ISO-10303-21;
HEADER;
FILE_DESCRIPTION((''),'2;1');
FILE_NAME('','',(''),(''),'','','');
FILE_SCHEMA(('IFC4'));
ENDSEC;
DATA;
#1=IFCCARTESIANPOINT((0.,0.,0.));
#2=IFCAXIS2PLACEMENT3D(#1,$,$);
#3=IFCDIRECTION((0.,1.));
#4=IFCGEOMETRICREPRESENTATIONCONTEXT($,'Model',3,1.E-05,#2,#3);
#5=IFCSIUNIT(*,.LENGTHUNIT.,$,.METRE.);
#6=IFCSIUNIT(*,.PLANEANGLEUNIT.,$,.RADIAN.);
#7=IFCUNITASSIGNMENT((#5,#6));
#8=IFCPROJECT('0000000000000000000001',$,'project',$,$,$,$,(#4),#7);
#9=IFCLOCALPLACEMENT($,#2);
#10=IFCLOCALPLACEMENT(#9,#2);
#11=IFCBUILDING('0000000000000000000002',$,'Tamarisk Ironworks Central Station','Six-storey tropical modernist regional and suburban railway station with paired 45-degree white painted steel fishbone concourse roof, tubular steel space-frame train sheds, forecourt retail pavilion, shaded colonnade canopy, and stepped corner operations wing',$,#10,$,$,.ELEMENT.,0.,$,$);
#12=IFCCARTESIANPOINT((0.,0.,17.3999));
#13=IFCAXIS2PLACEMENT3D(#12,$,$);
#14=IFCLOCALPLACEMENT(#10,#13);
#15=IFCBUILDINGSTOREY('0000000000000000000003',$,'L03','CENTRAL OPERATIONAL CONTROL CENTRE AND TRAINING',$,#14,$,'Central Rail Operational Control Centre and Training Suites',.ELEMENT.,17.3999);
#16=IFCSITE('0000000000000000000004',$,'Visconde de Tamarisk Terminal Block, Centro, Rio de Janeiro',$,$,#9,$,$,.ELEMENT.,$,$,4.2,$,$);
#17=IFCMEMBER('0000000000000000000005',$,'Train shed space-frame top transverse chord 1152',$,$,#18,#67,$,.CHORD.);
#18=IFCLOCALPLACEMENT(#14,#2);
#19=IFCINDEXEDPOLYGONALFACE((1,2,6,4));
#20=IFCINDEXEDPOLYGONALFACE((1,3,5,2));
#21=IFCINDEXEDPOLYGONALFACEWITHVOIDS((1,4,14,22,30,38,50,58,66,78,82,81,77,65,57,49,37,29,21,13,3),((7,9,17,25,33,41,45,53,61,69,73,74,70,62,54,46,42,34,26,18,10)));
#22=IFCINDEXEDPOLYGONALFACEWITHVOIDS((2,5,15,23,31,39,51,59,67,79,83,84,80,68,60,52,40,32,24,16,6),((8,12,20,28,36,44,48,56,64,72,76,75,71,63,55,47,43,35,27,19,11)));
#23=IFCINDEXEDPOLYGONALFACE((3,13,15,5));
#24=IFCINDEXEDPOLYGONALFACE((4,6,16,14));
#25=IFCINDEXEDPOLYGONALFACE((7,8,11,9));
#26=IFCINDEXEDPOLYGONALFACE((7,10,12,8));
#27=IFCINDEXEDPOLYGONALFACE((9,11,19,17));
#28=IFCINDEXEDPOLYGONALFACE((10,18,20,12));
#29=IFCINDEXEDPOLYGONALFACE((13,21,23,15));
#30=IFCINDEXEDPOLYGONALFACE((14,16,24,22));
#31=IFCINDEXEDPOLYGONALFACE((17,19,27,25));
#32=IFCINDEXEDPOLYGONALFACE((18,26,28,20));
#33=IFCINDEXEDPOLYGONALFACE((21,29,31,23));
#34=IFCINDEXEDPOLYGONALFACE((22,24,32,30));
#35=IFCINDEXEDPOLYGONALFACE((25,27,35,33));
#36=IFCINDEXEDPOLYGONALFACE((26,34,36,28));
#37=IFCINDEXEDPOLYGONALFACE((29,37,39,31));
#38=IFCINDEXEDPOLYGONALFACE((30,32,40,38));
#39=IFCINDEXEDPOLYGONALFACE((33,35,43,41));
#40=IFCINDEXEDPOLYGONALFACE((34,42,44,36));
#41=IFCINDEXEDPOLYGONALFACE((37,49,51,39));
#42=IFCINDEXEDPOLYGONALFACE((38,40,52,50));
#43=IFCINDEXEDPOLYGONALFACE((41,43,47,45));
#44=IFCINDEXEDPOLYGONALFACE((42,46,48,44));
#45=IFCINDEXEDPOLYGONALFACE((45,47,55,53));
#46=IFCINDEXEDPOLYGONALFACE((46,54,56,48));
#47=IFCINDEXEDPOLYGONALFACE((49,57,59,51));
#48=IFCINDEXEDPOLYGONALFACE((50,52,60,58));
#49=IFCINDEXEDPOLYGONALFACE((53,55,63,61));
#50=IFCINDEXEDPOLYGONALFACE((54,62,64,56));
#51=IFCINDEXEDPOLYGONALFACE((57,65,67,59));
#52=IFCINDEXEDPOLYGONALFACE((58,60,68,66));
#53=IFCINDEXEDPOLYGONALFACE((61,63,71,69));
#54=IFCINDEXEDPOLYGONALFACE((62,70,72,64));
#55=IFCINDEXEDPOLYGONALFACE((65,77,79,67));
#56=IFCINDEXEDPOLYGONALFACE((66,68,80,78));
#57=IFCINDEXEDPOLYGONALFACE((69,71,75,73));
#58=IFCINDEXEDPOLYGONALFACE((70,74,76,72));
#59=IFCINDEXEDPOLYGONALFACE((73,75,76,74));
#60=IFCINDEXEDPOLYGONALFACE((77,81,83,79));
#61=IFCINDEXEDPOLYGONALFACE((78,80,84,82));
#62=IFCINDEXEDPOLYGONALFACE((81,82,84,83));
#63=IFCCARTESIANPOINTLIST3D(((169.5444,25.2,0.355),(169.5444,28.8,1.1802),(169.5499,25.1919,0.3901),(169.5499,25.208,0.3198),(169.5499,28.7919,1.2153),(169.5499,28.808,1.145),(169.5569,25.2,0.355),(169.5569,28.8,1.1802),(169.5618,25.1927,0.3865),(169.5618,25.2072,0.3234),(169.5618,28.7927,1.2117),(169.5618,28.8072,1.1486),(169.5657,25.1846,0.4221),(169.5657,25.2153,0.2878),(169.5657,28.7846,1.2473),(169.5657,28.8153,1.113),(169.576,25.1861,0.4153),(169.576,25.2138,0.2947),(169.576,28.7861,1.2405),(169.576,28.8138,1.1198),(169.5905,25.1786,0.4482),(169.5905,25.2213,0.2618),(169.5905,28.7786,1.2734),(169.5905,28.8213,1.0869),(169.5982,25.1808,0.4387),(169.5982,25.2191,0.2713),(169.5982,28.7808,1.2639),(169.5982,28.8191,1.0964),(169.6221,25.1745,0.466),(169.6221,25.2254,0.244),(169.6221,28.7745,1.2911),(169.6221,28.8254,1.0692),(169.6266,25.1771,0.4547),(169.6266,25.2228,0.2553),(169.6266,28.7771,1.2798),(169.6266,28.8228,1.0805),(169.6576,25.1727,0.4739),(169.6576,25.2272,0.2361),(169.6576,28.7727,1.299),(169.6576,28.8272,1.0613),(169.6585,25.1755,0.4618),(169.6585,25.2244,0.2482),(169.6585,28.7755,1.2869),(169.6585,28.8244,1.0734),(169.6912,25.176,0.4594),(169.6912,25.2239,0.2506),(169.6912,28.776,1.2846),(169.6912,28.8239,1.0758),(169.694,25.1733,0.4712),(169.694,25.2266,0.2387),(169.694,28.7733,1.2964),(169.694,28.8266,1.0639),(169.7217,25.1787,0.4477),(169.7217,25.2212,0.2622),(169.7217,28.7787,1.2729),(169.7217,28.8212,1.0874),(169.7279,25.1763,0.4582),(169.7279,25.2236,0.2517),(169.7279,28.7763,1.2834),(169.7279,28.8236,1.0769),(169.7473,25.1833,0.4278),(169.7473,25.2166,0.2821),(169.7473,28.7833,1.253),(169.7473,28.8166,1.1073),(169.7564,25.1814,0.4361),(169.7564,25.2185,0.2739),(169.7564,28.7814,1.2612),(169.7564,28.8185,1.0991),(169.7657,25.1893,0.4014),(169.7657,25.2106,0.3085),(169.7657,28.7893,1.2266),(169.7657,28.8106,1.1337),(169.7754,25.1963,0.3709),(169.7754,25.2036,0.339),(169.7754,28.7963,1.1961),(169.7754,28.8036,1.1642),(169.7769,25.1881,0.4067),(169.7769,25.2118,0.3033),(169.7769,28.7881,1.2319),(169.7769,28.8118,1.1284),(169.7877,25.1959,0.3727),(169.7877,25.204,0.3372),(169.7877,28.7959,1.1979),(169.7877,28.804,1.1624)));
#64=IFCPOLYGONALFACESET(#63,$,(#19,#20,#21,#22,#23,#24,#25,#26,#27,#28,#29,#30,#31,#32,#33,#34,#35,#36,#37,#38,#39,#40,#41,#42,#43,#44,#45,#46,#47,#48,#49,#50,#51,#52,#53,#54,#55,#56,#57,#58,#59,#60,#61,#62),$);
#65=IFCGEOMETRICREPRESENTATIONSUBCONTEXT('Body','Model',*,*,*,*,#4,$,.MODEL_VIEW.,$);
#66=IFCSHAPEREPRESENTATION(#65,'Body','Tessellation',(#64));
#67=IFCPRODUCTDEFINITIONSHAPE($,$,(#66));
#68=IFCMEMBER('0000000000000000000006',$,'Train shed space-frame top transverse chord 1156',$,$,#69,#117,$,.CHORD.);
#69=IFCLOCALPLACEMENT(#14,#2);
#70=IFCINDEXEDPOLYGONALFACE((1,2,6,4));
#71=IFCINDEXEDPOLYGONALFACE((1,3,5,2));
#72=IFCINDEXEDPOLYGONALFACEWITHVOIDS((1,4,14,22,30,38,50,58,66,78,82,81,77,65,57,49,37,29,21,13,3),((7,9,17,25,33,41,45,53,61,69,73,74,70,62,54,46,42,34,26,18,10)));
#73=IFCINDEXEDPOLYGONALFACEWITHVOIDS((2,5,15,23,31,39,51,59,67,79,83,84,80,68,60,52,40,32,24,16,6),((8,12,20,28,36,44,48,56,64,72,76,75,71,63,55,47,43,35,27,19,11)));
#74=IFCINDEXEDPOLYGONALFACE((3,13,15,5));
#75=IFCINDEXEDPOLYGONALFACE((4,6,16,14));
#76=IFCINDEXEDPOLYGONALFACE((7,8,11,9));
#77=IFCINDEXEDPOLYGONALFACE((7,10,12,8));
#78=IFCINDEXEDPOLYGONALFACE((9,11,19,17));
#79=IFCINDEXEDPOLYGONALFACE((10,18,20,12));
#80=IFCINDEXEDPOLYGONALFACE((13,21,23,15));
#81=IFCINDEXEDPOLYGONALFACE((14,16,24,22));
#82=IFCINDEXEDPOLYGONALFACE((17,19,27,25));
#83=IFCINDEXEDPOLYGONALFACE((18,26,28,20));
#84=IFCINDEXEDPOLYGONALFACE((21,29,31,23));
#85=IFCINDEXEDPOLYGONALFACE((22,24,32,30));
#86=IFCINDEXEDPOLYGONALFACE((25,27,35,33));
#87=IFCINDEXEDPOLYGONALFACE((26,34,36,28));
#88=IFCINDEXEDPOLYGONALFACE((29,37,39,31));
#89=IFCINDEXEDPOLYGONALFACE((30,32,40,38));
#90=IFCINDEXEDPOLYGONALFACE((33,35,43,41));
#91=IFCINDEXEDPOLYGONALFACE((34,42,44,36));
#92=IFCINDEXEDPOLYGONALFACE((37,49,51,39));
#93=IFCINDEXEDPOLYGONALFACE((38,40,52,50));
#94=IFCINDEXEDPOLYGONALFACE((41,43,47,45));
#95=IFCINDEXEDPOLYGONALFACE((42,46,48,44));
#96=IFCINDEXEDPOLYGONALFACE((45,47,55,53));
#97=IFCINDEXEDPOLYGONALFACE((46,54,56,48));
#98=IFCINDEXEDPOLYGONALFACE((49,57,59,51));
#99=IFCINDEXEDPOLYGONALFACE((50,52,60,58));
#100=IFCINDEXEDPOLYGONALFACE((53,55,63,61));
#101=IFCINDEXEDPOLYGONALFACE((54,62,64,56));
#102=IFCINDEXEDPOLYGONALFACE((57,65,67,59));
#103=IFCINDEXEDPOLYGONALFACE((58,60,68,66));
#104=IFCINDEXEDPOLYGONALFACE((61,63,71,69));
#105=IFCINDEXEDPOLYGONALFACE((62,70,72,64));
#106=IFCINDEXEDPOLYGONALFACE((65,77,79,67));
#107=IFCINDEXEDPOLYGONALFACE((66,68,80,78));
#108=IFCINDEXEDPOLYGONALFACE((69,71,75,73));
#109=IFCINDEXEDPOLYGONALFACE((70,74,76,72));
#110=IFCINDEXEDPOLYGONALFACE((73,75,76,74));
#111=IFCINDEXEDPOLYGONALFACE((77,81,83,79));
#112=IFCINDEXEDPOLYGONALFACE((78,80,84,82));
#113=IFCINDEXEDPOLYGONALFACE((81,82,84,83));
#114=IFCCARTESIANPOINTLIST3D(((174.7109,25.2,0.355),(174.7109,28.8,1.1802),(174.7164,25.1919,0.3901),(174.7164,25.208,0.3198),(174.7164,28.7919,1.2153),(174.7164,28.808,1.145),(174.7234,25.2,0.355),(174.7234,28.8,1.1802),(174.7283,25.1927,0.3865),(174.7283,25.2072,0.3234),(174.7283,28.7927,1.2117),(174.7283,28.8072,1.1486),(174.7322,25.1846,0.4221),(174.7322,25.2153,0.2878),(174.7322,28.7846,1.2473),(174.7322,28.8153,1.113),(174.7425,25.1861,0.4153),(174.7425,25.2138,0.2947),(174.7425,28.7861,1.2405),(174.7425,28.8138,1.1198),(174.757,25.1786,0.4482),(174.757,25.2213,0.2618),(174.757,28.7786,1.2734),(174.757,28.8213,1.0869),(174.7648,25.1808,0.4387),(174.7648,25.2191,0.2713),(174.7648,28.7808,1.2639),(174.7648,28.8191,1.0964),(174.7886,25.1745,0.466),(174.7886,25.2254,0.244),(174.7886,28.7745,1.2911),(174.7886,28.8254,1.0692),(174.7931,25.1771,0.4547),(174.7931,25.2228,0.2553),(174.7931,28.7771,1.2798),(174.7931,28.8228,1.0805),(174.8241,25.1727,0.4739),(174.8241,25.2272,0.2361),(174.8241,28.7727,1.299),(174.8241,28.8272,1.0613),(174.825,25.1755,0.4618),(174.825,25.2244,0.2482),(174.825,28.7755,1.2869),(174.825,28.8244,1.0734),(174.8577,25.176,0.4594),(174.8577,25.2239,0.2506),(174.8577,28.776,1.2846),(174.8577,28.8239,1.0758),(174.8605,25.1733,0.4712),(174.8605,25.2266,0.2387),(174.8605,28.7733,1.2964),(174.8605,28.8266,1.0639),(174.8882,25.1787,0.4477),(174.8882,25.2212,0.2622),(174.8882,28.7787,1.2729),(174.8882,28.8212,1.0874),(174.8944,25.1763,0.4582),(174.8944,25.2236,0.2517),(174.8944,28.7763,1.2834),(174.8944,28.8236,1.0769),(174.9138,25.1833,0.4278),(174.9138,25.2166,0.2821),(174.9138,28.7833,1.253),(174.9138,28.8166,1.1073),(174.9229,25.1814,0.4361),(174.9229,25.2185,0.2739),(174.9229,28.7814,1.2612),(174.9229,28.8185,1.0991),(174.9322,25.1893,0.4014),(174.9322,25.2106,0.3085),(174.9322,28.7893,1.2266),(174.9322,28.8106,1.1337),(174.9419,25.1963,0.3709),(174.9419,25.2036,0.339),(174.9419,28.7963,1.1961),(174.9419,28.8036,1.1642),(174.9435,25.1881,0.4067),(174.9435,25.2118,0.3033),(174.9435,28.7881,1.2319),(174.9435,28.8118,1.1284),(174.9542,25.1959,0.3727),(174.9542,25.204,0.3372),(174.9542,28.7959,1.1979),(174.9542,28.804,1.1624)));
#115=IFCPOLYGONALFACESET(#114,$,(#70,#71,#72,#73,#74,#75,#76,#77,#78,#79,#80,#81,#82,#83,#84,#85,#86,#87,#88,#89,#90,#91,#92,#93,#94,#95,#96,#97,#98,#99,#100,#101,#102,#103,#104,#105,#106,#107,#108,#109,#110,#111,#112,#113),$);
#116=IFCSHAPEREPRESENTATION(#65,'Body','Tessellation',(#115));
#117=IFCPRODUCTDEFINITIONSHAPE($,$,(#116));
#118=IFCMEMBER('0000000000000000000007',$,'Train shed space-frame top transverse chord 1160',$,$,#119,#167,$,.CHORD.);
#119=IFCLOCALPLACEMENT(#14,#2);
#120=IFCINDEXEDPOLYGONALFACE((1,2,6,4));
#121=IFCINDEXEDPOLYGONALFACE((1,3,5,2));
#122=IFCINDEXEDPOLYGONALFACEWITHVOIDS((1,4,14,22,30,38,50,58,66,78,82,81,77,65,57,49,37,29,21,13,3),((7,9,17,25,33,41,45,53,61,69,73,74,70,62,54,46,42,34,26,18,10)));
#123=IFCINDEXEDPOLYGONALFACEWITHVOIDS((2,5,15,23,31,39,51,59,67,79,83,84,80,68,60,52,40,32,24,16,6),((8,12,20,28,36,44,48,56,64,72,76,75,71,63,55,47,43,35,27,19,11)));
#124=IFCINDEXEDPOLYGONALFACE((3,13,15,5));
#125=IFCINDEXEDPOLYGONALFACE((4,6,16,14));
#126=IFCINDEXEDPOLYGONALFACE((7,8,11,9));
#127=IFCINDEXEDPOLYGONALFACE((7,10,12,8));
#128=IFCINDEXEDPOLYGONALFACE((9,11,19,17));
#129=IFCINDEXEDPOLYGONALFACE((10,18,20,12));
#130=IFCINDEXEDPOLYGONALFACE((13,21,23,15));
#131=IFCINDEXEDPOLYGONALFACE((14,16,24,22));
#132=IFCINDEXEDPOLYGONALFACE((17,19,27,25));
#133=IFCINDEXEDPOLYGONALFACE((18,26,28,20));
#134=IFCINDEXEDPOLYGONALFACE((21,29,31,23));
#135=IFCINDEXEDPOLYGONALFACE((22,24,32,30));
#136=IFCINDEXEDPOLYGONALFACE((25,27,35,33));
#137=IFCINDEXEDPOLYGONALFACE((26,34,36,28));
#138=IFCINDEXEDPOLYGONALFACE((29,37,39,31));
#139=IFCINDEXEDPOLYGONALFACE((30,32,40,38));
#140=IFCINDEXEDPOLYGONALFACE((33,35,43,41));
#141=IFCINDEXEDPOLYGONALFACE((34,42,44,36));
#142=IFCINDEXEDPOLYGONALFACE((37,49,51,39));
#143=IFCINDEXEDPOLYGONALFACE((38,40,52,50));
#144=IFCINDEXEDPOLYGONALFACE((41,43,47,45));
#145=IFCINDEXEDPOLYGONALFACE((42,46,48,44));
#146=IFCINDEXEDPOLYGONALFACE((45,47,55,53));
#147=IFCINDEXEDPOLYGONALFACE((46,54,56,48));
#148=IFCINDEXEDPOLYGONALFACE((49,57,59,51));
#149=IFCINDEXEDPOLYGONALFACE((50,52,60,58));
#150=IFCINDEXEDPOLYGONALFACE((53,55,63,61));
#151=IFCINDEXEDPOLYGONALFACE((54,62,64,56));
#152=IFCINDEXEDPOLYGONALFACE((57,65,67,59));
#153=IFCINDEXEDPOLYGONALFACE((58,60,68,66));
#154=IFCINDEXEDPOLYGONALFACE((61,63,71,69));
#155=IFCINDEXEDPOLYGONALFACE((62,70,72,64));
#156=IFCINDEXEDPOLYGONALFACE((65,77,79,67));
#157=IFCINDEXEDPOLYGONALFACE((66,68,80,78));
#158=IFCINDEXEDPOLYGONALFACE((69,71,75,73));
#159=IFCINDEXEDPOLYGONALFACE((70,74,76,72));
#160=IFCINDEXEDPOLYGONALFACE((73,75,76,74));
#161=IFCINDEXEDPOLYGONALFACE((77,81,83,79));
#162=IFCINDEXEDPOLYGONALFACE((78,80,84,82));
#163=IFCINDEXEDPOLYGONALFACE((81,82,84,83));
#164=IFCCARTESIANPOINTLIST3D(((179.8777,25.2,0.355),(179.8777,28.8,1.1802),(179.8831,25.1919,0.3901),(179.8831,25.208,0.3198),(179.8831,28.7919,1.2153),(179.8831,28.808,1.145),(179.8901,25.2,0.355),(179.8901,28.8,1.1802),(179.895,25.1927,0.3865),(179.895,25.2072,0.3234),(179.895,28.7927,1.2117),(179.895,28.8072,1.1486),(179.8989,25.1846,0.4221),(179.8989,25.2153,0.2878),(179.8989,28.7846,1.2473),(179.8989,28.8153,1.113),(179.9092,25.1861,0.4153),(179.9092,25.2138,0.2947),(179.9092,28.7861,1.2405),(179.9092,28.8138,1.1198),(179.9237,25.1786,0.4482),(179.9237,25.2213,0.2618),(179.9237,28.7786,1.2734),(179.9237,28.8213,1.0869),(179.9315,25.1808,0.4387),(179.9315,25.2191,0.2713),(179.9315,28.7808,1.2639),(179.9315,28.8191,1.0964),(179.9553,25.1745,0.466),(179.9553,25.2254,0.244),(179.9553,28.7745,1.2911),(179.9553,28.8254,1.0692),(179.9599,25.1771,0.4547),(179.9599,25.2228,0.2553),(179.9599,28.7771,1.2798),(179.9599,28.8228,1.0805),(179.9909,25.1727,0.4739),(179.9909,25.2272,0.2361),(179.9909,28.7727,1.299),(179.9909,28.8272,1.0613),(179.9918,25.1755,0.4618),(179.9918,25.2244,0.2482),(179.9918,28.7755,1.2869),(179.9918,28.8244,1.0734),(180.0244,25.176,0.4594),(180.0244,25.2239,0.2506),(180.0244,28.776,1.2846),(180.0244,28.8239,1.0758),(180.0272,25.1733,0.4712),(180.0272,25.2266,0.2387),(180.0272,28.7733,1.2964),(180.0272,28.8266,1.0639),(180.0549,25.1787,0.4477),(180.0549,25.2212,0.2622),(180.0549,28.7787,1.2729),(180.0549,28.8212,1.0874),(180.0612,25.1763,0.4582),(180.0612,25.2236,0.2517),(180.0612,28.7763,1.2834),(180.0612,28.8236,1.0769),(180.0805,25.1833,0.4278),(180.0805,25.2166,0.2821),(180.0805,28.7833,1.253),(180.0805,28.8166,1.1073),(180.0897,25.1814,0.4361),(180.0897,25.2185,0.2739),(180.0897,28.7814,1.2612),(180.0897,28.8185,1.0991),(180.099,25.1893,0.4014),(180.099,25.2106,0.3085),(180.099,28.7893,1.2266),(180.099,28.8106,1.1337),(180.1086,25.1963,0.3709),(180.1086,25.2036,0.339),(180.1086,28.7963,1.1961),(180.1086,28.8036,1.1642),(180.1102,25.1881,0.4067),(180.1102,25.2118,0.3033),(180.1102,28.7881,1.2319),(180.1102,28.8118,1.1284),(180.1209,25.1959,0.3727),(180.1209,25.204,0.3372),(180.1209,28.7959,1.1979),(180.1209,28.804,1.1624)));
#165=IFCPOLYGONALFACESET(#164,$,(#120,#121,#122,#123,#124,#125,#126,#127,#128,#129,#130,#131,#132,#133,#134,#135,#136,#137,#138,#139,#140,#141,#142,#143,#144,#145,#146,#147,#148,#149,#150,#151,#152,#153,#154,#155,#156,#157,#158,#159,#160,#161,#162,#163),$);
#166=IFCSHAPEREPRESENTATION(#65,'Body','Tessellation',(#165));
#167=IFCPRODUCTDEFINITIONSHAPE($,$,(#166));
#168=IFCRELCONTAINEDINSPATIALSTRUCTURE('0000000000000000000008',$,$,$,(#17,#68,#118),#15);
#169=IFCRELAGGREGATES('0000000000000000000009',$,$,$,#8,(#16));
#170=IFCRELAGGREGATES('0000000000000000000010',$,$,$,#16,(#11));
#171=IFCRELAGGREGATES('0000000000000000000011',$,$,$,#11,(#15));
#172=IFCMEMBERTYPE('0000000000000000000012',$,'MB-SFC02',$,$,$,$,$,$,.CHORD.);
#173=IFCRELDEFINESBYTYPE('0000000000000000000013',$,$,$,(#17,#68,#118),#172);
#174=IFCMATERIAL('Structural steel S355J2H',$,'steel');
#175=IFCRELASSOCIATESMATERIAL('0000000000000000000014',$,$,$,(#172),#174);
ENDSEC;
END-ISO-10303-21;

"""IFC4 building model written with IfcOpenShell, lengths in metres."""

from ifc_helpers import new_model, si_unit, direction, frame, origin, origin_2d, place, context, subcontext, project, spatial, hollow_circle, extrude, material, material_profile, profile_set, type_object, element, save


model = new_model("IFC4")

# Units and contexts
model_context = context("Model", 3, precision=1e-05, world=origin(), true_north=direction((0.0, 1.0)))
body_context = subcontext(model_context, "Body", "Model", "MODEL_VIEW")
ifc_project = project(units=[si_unit("LENGTHUNIT", "METRE"), si_unit("PLANEANGLEUNIT", "RADIAN")], contexts=[model_context])

# Site, building, storey
site_placement = place(None, origin())
site = spatial("IfcSite", under=ifc_project, at=site_placement, Name="Visconde de Tamarisk Terminal Block, Centro, Rio de Janeiro", CompositionType="ELEMENT", RefElevation=4.2)
building_placement = place(site_placement, origin())
building = spatial("IfcBuilding", under=site, at=building_placement, Name="Tamarisk Ironworks Central Station", Description="Six-storey tropical modernist regional and suburban railway station with paired 45-degree white painted steel fishbone concourse roof, tubular steel space-frame train sheds, forecourt retail pavilion, shaded colonnade canopy, and stepped corner operations wing", CompositionType="ELEMENT", ElevationOfRefHeight=0.0)
storey_placement = place(building_placement, frame((0.0, 0.0, 17.3999)))
storey = spatial("IfcBuildingStorey", under=building, at=storey_placement, Name="L03", Description="CENTRAL OPERATIONAL CONTROL CENTRE AND TRAINING", LongName="Central Rail Operational Control Centre and Training Suites", CompositionType="ELEMENT", Elevation=17.3999)

# Members
ifc_material = material(Name="Structural steel S355J2H", Category="steel")
ifc_material_profile_1 = material_profile(ifc_material, hollow_circle(Radius=0.1223, WallThickness=0.0125, at=origin_2d()), Name="CHS 244.5x12.5")
ifc_profile_set_1 = profile_set([ifc_material_profile_1], Name="Structural steel S355J2H")
member_type_1 = type_object("IfcMemberType", Name="MB-SFC02", PredefinedType="CHORD", material=ifc_profile_set_1)
for number, where, z_axis, x_axis, name in (
    (1, (169.6667, 25.2, 0.355), (0.0, 0.974722, 0.223421), (-1.0, 0.0, 0.0), "Train shed space-frame top transverse chord 1152"),
    (2, (174.8333, 25.2, 0.355), (0.0, 0.974722, 0.223421), (-1.0, 0.0, 0.0), "Train shed space-frame top transverse chord 1156"),
    (3, (180.0, 25.2, 0.355), (0.0, 0.974722, 0.223421), (-1.0, 0.0, 0.0), "Train shed space-frame top transverse chord 1160"),
):
    element("IfcMember", number, at=place(storey_placement, frame(where, z_axis=z_axis, x_axis=x_axis)), inside=storey, type_object=member_type_1, Name=name, PredefinedType="CHORD", context=body_context, shape_type="SweptSolid", body=[
        extrude(hollow_circle(Radius=0.1223, WallThickness=0.0125, at=origin_2d()), origin(), (0.0, 0.0, 1.0), 3.6934),
    ])

save(model, "model.ifc")
